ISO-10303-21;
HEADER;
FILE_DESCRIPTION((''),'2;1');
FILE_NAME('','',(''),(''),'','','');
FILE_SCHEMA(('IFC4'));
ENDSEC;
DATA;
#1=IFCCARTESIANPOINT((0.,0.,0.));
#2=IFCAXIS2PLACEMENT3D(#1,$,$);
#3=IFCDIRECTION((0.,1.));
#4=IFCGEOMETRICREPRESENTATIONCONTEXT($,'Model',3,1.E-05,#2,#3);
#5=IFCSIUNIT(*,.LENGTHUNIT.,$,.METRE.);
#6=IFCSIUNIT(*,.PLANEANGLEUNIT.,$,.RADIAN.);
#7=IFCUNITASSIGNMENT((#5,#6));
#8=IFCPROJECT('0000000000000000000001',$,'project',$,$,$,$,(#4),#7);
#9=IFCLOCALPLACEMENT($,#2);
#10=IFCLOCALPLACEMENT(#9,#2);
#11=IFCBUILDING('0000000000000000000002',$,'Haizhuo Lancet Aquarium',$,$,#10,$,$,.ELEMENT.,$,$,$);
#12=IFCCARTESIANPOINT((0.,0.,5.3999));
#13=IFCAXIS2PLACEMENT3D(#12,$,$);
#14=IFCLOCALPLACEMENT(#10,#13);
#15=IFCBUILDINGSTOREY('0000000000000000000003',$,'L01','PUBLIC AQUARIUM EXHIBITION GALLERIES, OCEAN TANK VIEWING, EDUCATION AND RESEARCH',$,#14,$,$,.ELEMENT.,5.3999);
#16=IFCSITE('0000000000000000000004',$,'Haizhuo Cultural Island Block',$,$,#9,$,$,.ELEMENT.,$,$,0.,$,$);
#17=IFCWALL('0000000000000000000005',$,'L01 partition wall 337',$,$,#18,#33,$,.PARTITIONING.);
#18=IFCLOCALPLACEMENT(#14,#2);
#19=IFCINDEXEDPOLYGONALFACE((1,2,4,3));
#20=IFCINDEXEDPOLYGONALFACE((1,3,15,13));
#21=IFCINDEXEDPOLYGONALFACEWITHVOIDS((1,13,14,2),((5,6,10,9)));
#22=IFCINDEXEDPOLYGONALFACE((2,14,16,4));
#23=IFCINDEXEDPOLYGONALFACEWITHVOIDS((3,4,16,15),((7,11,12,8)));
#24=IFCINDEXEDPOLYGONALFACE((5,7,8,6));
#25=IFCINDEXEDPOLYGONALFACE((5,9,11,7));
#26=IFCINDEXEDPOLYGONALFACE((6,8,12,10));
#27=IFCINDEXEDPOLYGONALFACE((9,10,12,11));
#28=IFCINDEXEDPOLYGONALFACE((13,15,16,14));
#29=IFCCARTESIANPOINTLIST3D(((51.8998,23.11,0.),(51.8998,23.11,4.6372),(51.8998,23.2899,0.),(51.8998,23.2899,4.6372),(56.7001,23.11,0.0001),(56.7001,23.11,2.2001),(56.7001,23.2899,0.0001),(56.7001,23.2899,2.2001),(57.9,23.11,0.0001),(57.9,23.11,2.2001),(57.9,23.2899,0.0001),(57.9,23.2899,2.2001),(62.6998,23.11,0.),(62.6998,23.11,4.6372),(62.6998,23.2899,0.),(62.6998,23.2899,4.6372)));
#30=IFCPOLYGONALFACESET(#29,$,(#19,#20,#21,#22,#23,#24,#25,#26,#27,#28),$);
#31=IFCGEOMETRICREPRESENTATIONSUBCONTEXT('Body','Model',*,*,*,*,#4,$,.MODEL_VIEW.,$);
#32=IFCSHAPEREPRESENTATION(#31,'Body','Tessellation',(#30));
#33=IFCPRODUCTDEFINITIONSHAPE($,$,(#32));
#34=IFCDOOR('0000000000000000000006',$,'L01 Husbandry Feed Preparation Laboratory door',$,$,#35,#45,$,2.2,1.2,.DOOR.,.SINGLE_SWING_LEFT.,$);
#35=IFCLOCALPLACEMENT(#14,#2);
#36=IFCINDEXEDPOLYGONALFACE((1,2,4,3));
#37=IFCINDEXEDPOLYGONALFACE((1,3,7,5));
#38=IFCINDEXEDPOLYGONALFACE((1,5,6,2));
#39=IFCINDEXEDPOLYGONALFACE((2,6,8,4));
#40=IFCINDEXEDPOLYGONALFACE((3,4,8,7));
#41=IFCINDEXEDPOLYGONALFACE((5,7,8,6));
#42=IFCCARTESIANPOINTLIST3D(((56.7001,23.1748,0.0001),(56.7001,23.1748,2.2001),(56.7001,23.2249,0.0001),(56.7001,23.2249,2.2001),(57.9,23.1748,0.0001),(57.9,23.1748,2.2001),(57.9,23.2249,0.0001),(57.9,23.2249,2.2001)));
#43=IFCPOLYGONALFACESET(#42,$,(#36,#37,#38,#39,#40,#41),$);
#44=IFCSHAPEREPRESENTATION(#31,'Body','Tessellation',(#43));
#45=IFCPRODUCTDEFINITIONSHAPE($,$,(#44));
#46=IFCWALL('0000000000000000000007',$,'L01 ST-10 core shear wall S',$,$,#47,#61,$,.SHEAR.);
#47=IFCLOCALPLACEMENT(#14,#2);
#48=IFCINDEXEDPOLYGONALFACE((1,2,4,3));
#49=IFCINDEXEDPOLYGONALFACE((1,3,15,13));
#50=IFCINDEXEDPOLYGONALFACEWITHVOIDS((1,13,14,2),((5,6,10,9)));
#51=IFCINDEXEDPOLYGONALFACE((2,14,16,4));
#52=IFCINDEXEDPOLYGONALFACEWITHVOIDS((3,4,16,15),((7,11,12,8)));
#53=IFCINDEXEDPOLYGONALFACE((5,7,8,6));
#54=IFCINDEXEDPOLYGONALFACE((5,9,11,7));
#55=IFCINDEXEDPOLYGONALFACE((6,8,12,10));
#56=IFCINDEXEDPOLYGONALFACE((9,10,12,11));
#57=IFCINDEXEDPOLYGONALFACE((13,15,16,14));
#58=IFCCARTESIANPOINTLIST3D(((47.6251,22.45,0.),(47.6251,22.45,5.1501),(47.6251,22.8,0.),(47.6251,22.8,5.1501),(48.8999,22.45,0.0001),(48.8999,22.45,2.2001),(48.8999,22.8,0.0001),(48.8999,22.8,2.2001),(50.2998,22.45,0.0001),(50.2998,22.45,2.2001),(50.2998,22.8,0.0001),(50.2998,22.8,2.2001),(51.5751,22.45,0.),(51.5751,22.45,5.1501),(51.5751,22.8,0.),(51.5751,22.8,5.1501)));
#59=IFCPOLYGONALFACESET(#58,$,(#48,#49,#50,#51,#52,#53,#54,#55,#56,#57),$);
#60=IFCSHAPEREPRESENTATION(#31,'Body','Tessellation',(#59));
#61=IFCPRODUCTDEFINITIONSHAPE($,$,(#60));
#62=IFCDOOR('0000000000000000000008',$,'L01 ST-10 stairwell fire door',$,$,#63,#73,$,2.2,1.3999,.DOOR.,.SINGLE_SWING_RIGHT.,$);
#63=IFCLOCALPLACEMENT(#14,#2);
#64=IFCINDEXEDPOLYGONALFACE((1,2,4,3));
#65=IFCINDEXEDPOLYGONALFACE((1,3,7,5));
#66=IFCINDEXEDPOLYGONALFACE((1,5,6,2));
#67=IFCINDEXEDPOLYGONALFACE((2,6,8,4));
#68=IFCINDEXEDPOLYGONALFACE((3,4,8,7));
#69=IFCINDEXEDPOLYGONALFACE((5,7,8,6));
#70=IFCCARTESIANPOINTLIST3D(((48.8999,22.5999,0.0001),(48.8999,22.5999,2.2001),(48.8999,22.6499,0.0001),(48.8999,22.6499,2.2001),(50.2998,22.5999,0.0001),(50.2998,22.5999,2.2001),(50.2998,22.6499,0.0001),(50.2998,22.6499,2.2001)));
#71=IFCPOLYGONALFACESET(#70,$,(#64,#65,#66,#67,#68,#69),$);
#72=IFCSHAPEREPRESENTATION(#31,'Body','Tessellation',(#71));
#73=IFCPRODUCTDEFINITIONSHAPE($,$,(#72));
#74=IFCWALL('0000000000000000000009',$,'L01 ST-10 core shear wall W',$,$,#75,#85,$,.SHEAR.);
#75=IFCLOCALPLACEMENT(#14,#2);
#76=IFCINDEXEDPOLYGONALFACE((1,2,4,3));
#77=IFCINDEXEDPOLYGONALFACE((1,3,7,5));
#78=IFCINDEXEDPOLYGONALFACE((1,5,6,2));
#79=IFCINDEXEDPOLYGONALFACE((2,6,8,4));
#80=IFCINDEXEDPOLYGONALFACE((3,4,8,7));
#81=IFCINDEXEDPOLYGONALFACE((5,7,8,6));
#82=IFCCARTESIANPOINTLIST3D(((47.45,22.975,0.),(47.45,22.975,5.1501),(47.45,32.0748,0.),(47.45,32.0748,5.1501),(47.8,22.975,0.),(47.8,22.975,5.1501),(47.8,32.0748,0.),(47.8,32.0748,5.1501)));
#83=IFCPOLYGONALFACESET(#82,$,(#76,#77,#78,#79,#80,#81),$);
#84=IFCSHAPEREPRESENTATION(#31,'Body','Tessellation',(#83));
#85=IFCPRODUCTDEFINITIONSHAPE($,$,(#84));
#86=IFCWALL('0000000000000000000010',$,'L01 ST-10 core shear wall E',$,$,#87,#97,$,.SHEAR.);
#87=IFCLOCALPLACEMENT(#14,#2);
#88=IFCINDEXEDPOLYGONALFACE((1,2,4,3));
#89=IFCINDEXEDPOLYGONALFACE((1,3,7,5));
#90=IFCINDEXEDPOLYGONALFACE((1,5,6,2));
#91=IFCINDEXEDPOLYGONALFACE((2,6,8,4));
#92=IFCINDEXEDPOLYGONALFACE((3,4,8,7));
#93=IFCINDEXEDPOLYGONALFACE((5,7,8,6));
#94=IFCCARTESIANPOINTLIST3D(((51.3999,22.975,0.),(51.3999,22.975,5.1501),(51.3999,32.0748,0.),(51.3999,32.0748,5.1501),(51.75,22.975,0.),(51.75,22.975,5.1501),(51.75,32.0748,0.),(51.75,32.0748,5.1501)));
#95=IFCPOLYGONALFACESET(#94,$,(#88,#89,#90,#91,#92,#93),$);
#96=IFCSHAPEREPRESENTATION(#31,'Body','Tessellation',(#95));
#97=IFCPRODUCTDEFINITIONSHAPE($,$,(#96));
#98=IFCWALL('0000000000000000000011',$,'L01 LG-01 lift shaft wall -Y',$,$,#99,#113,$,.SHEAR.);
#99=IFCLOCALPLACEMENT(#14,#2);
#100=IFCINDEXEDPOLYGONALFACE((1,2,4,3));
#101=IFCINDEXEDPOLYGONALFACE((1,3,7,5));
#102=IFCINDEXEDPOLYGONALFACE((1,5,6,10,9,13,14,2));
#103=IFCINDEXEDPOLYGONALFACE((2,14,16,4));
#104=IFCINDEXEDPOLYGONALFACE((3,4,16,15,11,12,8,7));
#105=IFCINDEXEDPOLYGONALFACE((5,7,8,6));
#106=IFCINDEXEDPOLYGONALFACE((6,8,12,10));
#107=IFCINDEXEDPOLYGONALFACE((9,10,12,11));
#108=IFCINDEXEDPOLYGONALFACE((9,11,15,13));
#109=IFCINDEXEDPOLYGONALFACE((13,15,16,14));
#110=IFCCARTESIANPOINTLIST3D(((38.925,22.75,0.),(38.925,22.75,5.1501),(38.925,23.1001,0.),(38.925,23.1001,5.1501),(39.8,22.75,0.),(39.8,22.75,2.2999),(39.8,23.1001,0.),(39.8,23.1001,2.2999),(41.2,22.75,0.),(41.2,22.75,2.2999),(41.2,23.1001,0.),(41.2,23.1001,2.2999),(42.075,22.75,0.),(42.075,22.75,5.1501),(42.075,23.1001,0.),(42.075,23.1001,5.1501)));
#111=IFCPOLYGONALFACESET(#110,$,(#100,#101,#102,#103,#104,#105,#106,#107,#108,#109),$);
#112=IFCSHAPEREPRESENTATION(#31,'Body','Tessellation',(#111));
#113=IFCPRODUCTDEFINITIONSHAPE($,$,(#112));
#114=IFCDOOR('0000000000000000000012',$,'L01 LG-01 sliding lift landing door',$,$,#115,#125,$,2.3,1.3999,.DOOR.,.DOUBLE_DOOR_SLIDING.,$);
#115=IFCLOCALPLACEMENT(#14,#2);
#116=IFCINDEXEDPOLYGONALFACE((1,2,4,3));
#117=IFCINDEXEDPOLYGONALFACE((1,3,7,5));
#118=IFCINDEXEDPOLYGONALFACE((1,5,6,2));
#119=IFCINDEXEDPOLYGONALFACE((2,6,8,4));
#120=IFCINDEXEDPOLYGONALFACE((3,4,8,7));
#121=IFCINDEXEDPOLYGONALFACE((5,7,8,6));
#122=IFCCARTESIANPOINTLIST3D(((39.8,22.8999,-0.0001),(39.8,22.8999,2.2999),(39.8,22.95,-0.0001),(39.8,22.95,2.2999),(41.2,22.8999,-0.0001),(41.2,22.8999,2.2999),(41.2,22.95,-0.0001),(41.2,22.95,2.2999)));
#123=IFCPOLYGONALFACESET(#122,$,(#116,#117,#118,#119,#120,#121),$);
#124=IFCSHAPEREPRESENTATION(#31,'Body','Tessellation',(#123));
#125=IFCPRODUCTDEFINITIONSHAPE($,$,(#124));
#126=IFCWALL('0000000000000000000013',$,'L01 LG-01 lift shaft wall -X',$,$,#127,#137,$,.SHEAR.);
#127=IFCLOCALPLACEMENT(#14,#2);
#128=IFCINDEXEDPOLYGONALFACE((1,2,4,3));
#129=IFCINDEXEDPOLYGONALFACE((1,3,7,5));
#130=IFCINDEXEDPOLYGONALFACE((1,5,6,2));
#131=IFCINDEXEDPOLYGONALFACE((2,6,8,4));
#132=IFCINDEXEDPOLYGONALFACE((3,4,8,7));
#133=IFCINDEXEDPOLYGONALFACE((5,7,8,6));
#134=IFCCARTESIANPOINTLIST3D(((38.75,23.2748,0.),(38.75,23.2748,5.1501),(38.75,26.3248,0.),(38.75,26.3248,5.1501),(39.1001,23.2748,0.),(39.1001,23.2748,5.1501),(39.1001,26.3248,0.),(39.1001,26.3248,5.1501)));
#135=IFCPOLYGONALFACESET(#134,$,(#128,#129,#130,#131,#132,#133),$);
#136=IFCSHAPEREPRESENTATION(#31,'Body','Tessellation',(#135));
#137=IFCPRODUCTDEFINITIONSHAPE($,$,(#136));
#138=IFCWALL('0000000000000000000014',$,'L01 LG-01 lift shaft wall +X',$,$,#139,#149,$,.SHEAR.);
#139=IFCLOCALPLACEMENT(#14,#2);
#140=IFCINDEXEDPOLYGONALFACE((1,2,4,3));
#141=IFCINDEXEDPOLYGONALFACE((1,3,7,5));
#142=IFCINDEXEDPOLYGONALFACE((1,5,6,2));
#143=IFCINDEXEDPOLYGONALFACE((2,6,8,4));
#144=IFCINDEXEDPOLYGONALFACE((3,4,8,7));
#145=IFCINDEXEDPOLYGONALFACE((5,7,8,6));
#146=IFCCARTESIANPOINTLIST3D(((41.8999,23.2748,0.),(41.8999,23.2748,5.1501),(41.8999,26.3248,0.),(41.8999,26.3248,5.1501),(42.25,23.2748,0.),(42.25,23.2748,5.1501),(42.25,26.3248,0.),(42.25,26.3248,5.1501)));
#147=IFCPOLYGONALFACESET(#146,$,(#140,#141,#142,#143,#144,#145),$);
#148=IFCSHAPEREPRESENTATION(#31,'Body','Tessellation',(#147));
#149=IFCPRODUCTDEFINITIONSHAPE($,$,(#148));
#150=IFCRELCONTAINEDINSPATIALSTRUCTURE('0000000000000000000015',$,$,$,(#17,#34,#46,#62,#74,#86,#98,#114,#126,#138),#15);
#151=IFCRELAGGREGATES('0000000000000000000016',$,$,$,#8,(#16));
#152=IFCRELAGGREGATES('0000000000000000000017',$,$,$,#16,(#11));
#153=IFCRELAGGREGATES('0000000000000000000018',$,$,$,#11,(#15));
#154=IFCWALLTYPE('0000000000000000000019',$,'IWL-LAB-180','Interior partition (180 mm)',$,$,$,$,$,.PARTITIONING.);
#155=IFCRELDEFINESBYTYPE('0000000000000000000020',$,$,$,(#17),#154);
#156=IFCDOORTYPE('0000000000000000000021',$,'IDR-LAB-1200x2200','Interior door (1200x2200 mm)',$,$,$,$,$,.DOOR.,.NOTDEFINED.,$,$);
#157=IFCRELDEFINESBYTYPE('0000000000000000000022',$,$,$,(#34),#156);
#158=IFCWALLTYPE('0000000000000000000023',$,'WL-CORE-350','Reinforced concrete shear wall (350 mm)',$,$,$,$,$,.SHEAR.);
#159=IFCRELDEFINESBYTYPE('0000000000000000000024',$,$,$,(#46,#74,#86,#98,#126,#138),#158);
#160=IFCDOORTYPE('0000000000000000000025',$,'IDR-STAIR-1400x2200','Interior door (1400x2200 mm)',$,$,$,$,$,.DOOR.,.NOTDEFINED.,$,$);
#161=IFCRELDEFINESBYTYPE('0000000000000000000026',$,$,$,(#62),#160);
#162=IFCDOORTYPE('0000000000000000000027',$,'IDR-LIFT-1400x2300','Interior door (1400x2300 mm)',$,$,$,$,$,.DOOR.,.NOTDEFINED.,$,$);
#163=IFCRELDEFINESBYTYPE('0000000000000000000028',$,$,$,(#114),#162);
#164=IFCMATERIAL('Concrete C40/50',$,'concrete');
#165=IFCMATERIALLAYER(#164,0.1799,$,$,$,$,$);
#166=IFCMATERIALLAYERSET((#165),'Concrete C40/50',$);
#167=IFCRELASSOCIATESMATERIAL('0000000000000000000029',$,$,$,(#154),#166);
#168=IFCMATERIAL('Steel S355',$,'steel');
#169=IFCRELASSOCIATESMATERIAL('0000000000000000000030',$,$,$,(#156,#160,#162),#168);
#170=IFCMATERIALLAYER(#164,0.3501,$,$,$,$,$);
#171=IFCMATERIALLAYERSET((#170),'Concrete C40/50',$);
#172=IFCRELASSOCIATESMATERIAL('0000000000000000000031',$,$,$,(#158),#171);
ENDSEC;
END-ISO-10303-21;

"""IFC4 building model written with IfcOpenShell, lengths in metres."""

from ifc_helpers import new_model, si_unit, direction, frame, frame_2d, origin, place, context, subcontext, project, spatial, rectangle, extrude, material, layer, layer_set, type_object, element, fill, save


model = new_model("IFC4")

# Units and contexts
model_context = context("Model", 3, precision=1e-05, world=origin(), true_north=direction((0.0, 1.0)))
body_context = subcontext(model_context, "Body", "Model", "MODEL_VIEW")
ifc_project = project(units=[si_unit("LENGTHUNIT", "METRE"), si_unit("PLANEANGLEUNIT", "RADIAN")], contexts=[model_context])

# Site, building, storey
site_placement = place(None, origin())
site = spatial("IfcSite", under=ifc_project, at=site_placement, Name="Haizhuo Cultural Island Block", CompositionType="ELEMENT", RefElevation=0.0)
building_placement = place(site_placement, origin())
building = spatial("IfcBuilding", under=site, at=building_placement, Name="Haizhuo Lancet Aquarium", CompositionType="ELEMENT")
storey_placement = place(building_placement, frame((0.0, 0.0, 5.3999)))
storey = spatial("IfcBuildingStorey", under=building, at=storey_placement, Name="L01", Description="PUBLIC AQUARIUM EXHIBITION GALLERIES, OCEAN TANK VIEWING, EDUCATION AND RESEARCH", CompositionType="ELEMENT", Elevation=5.3999)

# Shared definitions
ifc_material_1 = material(Name="Steel S355", Category="steel")

# Shared definitions
ifc_material_2 = material(Name="Concrete C40/50", Category="concrete")
ifc_layer_1 = layer(ifc_material_2, 0.1799)
ifc_layer_set_1 = layer_set([ifc_layer_1], Name="Concrete C40/50")
wall_type_1 = type_object("IfcWallType", Name="IWL-LAB-180", Description="Interior partition (180 mm)", PredefinedType="PARTITIONING", material=ifc_layer_set_1)

# Shared definitions
door_type_1 = type_object("IfcDoorType", Name="IDR-LAB-1200x2200", Description="Interior door (1200x2200 mm)", OperationType="NOTDEFINED", PredefinedType="DOOR", material=ifc_material_1)

# Walls, openings, doors
wall_1_placement = place(storey_placement, frame((51.8999, 23.2, 0.0), z_axis=(0.0, 0.0, 1.0), x_axis=(1.0, 0.0, 0.0)))
wall_1 = element("IfcWall", 1, at=wall_1_placement, inside=storey, type_object=wall_type_1, Name="L01 partition wall 337", PredefinedType="PARTITIONING", context=body_context, shape_type="SweptSolid", body=[
    extrude(rectangle(XDim=10.8, YDim=0.1799, at=frame_2d((5.3999, 0.0))), origin(), (0.0, 0.0, 1.0), 4.6372),
])
opening_1_placement = place(wall_1_placement, frame((4.8, 0.0, 0.0)))
opening_1 = element("IfcOpeningElement", 2, at=opening_1_placement, cuts=wall_1, PredefinedType="OPENING", context=body_context, shape_type="SweptSolid", body=[
    extrude(rectangle(XDim=1.2, YDim=2.2, at=frame_2d((0.6001, 1.1001))), frame((0.0, 0.0999, 0.0), z_axis=(0.0, -1.0, 0.0), x_axis=(1.0, 0.0, 0.0)), (0.0, 0.0, 1.0), 0.1999),
])
door_1_placement = place(opening_1_placement, origin())
door_1 = element("IfcDoor", 3, at=door_1_placement, inside=storey, type_object=door_type_1, Name="L01 Husbandry Feed Preparation Laboratory door", OperationType="SINGLE_SWING_LEFT", OverallHeight=2.2, OverallWidth=1.2, PredefinedType="DOOR", context=body_context, shape_type="SweptSolid", body=[
    extrude(rectangle(XDim=1.2, YDim=2.2, at=frame_2d((0.6001, 1.1001))), frame((0.0, 0.0249, 0.0), z_axis=(0.0, -1.0, 0.0), x_axis=(1.0, 0.0, 0.0)), (0.0, 0.0, 1.0), 0.05),
])
fill(opening_1, door_1)
ifc_layer_2 = layer(ifc_material_2, 0.3501)
ifc_layer_set_2 = layer_set([ifc_layer_2], Name="Concrete C40/50")
wall_type_2 = type_object("IfcWallType", Name="WL-CORE-350", Description="Reinforced concrete shear wall (350 mm)", PredefinedType="SHEAR", material=ifc_layer_set_2)
wall_2_placement = place(storey_placement, frame((47.625, 22.625, 0.0), z_axis=(0.0, 0.0, 1.0), x_axis=(1.0, 0.0, 0.0)))
wall_2 = element("IfcWall", 4, at=wall_2_placement, inside=storey, type_object=wall_type_2, Name="L01 ST-10 core shear wall S", PredefinedType="SHEAR", context=body_context, shape_type="SweptSolid", body=[
    extrude(rectangle(XDim=3.95, YDim=0.3501, at=frame_2d((1.9751, 0.0))), origin(), (0.0, 0.0, 1.0), 5.1501),
])
opening_2_placement = place(wall_2_placement, frame((1.2749, 0.0, 0.0)))
opening_2 = element("IfcOpeningElement", 5, at=opening_2_placement, cuts=wall_2, PredefinedType="OPENING", context=body_context, shape_type="SweptSolid", body=[
    extrude(rectangle(XDim=1.3999, YDim=2.2, at=frame_2d((0.7, 1.1001))), frame((0.0, 0.1851, 0.0), z_axis=(0.0, -1.0, 0.0), x_axis=(1.0, 0.0, 0.0)), (0.0, 0.0, 1.0), 0.3701),
])
door_type_2 = type_object("IfcDoorType", Name="IDR-STAIR-1400x2200", Description="Interior door (1400x2200 mm)", OperationType="NOTDEFINED", PredefinedType="DOOR", material=ifc_material_1)
door_2_placement = place(opening_2_placement, origin())
door_2 = element("IfcDoor", 6, at=door_2_placement, inside=storey, type_object=door_type_2, Name="L01 ST-10 stairwell fire door", OperationType="SINGLE_SWING_RIGHT", OverallHeight=2.2, OverallWidth=1.3999, PredefinedType="DOOR", context=body_context, shape_type="SweptSolid", body=[
    extrude(rectangle(XDim=1.3999, YDim=2.2, at=frame_2d((0.7, 1.1001))), frame((0.0, 0.0249, 0.0), z_axis=(0.0, -1.0, 0.0), x_axis=(1.0, 0.0, 0.0)), (0.0, 0.0, 1.0), 0.05),
])
fill(opening_2, door_2)

# Walls
for number, where, z_axis, x_axis, name in (
    (7, (47.625, 22.9751, 0.0), (0.0, 0.0, 1.0), (0.0, 1.0, 0.0), "L01 ST-10 core shear wall W"),
    (8, (51.575, 22.9751, 0.0), (0.0, 0.0, 1.0), (0.0, 1.0, 0.0), "L01 ST-10 core shear wall E"),
):
    element("IfcWall", number, at=place(storey_placement, frame(where, z_axis=z_axis, x_axis=x_axis)), inside=storey, type_object=wall_type_2, Name=name, PredefinedType="SHEAR", context=body_context, shape_type="SweptSolid", body=[
        extrude(rectangle(XDim=9.0999, YDim=0.3501, at=frame_2d((4.5498, 0.0))), origin(), (0.0, 0.0, 1.0), 5.1501),
    ])

# Wall, opening, door
wall_3_placement = place(storey_placement, frame((38.925, 22.925, 0.0), z_axis=(0.0, 0.0, 1.0), x_axis=(1.0, 0.0, 0.0)))
wall_3 = element("IfcWall", 9, at=wall_3_placement, inside=storey, type_object=wall_type_2, Name="L01 LG-01 lift shaft wall -Y", PredefinedType="SHEAR", context=body_context, shape_type="SweptSolid", body=[
    extrude(rectangle(XDim=3.1499, YDim=0.3501, at=frame_2d((1.575, 0.0))), origin(), (0.0, 0.0, 1.0), 5.1501),
])
opening_3_placement = place(wall_3_placement, frame((0.875, 0.0, 0.0)))
opening_3 = element("IfcOpeningElement", 10, at=opening_3_placement, cuts=wall_3, PredefinedType="OPENING", context=body_context, shape_type="SweptSolid", body=[
    extrude(rectangle(XDim=1.3999, YDim=2.3, at=frame_2d((0.7, 1.1499))), frame((0.0, 0.1851, 0.0), z_axis=(0.0, -1.0, 0.0), x_axis=(1.0, 0.0, 0.0)), (0.0, 0.0, 1.0), 0.3701),
])
door_type_3 = type_object("IfcDoorType", Name="IDR-LIFT-1400x2300", Description="Interior door (1400x2300 mm)", OperationType="NOTDEFINED", PredefinedType="DOOR", material=ifc_material_1)
door_3_placement = place(opening_3_placement, origin())
door_3 = element("IfcDoor", 11, at=door_3_placement, inside=storey, type_object=door_type_3, Name="L01 LG-01 sliding lift landing door", OperationType="DOUBLE_DOOR_SLIDING", OverallHeight=2.3, OverallWidth=1.3999, PredefinedType="DOOR", context=body_context, shape_type="SweptSolid", body=[
    extrude(rectangle(XDim=1.3999, YDim=2.3, at=frame_2d((0.7, 1.1499))), frame((0.0, 0.0249, 0.0), z_axis=(0.0, -1.0, 0.0), x_axis=(1.0, 0.0, 0.0)), (0.0, 0.0, 1.0), 0.05),
])
fill(opening_3, door_3)

# Walls
for number, where, z_axis, x_axis, name in (
    (12, (38.925, 23.2749, 0.0), (0.0, 0.0, 1.0), (0.0, 1.0, 0.0), "L01 LG-01 lift shaft wall -X"),
    (13, (42.075, 23.2749, 0.0), (0.0, 0.0, 1.0), (0.0, 1.0, 0.0), "L01 LG-01 lift shaft wall +X"),
):
    element("IfcWall", number, at=place(storey_placement, frame(where, z_axis=z_axis, x_axis=x_axis)), inside=storey, type_object=wall_type_2, Name=name, PredefinedType="SHEAR", context=body_context, shape_type="SweptSolid", body=[
        extrude(rectangle(XDim=3.05, YDim=0.3501, at=frame_2d((1.5249, 0.0))), origin(), (0.0, 0.0, 1.0), 5.1501),
    ])

save(model, "model.ifc")
